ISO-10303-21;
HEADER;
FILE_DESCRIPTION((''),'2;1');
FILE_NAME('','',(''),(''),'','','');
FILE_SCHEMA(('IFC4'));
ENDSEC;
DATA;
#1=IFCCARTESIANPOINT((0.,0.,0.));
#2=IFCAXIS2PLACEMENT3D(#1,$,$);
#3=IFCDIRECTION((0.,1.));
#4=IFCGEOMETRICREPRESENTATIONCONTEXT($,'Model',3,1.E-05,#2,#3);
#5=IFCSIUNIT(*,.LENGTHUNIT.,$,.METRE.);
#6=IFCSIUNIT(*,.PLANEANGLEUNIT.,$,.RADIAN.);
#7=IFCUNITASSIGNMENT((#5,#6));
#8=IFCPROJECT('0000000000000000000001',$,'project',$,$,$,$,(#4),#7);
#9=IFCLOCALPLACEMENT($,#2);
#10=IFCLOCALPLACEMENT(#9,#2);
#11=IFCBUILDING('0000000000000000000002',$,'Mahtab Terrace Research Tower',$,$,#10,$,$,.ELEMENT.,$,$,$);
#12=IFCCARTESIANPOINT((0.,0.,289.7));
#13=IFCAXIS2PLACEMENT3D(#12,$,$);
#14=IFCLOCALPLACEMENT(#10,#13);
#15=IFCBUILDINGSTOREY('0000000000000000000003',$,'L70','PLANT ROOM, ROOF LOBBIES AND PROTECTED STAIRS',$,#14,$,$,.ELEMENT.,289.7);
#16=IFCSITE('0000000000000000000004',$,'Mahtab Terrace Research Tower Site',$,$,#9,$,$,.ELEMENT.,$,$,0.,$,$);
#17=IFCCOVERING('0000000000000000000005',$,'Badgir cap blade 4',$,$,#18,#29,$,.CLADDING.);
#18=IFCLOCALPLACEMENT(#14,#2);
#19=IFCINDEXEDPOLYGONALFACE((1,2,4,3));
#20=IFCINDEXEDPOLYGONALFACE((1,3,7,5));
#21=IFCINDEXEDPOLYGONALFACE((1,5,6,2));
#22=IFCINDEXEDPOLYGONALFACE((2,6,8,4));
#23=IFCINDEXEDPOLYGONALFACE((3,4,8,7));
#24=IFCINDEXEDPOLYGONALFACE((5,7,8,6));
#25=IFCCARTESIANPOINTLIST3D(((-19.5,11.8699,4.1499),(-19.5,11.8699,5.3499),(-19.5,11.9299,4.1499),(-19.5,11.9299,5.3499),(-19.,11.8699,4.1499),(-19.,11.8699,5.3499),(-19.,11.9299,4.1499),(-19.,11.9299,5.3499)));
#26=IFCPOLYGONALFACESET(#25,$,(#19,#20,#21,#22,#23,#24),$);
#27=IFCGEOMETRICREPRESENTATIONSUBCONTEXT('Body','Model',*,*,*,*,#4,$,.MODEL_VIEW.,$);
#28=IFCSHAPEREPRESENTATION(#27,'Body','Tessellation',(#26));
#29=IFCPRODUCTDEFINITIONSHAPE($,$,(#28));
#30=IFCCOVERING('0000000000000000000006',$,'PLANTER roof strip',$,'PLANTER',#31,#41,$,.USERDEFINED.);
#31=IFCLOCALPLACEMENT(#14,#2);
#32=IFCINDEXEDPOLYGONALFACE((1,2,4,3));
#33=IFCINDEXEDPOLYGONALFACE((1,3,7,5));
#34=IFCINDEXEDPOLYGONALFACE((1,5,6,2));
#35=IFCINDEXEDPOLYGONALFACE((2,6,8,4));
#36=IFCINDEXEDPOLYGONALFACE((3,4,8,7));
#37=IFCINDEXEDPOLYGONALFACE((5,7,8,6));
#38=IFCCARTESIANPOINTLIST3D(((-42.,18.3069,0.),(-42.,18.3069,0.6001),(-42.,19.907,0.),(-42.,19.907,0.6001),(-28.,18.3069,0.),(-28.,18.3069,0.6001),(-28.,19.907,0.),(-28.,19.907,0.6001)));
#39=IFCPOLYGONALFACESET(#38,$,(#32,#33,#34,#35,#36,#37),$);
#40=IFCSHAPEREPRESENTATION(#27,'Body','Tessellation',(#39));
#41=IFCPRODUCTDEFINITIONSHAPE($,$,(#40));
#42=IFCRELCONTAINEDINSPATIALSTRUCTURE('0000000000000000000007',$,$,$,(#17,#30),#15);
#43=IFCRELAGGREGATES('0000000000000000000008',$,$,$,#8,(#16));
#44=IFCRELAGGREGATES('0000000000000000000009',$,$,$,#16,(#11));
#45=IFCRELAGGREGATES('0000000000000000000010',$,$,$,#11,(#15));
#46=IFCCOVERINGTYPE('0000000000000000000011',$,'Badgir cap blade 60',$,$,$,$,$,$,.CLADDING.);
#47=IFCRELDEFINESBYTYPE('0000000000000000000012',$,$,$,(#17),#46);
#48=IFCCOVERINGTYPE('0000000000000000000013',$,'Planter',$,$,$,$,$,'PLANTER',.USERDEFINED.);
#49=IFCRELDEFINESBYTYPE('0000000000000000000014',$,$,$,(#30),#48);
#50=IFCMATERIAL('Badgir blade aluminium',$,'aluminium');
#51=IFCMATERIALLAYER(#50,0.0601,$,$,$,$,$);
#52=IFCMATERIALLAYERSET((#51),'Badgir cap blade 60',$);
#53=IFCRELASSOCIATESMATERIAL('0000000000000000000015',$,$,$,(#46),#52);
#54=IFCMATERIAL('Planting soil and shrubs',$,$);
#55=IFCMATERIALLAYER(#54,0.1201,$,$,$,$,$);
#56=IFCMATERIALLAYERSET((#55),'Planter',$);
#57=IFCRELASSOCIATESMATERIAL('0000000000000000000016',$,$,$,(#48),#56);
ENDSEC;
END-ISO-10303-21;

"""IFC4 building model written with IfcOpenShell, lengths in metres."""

from ifc_helpers import new_model, si_unit, direction, frame, origin, origin_2d, place, context, subcontext, project, spatial, rectangle, extrude, material, layer, layer_set, type_object, element, save


model = new_model("IFC4")

# Units and contexts
model_context = context("Model", 3, precision=1e-05, world=origin(), true_north=direction((0.0, 1.0)))
body_context = subcontext(model_context, "Body", "Model", "MODEL_VIEW")
ifc_project = project(units=[si_unit("LENGTHUNIT", "METRE"), si_unit("PLANEANGLEUNIT", "RADIAN")], contexts=[model_context])

# Site, building, storey
site_placement = place(None, origin())
site = spatial("IfcSite", under=ifc_project, at=site_placement, Name="Mahtab Terrace Research Tower Site", CompositionType="ELEMENT", RefElevation=0.0)
building_placement = place(site_placement, origin())
building = spatial("IfcBuilding", under=site, at=building_placement, Name="Mahtab Terrace Research Tower", CompositionType="ELEMENT")
storey_placement = place(building_placement, frame((0.0, 0.0, 289.7)))
storey = spatial("IfcBuildingStorey", under=building, at=storey_placement, Name="L70", Description="PLANT ROOM, ROOF LOBBIES AND PROTECTED STAIRS", CompositionType="ELEMENT", Elevation=289.7)

# Coverings
ifc_material_1 = material(Name="Badgir blade aluminium", Category="aluminium")
ifc_layer_1 = layer(ifc_material_1, 0.0601)
ifc_layer_set_1 = layer_set([ifc_layer_1], Name="Badgir cap blade 60")
covering_type_1 = type_object("IfcCoveringType", Name="Badgir cap blade 60", PredefinedType="CLADDING", material=ifc_layer_set_1)
for number, where, z_axis, x_axis, name in (
    (1, (-19.25, 11.8999, 4.1499), (0.0, 0.0, 1.0), (1.0, 0.0, 0.0), "Badgir cap blade 4"),
):
    element("IfcCovering", number, at=place(storey_placement, frame(where, z_axis=z_axis, x_axis=x_axis)), inside=storey, type_object=covering_type_1, Name=name, PredefinedType="CLADDING", context=body_context, shape_type="SweptSolid", body=[
        extrude(rectangle(XDim=0.5, YDim=0.0601, at=origin_2d()), origin(), (0.0, 0.0, 1.0), 1.2),
    ])
ifc_material_2 = material(Name="Planting soil and shrubs")
ifc_layer_2 = layer(ifc_material_2, 0.1201)
ifc_layer_set_2 = layer_set([ifc_layer_2], Name="Planter")
covering_type_2 = type_object("IfcCoveringType", Name="Planter", ElementType="PLANTER", PredefinedType="USERDEFINED", material=ifc_layer_set_2)
covering_placement = place(storey_placement, frame((-35.0, 19.1069, 0.0), z_axis=(0.0, 0.0, 1.0), x_axis=(1.0, 0.0, 0.0)))
element("IfcCovering", 2, at=covering_placement, inside=storey, type_object=covering_type_2, Name="PLANTER roof strip", ObjectType="PLANTER", PredefinedType="USERDEFINED", context=body_context, shape_type="SweptSolid", body=[
    extrude(rectangle(XDim=14.0, YDim=1.6001, at=origin_2d()), origin(), (0.0, 0.0, 1.0), 0.6001),
])

save(model, "model.ifc")
